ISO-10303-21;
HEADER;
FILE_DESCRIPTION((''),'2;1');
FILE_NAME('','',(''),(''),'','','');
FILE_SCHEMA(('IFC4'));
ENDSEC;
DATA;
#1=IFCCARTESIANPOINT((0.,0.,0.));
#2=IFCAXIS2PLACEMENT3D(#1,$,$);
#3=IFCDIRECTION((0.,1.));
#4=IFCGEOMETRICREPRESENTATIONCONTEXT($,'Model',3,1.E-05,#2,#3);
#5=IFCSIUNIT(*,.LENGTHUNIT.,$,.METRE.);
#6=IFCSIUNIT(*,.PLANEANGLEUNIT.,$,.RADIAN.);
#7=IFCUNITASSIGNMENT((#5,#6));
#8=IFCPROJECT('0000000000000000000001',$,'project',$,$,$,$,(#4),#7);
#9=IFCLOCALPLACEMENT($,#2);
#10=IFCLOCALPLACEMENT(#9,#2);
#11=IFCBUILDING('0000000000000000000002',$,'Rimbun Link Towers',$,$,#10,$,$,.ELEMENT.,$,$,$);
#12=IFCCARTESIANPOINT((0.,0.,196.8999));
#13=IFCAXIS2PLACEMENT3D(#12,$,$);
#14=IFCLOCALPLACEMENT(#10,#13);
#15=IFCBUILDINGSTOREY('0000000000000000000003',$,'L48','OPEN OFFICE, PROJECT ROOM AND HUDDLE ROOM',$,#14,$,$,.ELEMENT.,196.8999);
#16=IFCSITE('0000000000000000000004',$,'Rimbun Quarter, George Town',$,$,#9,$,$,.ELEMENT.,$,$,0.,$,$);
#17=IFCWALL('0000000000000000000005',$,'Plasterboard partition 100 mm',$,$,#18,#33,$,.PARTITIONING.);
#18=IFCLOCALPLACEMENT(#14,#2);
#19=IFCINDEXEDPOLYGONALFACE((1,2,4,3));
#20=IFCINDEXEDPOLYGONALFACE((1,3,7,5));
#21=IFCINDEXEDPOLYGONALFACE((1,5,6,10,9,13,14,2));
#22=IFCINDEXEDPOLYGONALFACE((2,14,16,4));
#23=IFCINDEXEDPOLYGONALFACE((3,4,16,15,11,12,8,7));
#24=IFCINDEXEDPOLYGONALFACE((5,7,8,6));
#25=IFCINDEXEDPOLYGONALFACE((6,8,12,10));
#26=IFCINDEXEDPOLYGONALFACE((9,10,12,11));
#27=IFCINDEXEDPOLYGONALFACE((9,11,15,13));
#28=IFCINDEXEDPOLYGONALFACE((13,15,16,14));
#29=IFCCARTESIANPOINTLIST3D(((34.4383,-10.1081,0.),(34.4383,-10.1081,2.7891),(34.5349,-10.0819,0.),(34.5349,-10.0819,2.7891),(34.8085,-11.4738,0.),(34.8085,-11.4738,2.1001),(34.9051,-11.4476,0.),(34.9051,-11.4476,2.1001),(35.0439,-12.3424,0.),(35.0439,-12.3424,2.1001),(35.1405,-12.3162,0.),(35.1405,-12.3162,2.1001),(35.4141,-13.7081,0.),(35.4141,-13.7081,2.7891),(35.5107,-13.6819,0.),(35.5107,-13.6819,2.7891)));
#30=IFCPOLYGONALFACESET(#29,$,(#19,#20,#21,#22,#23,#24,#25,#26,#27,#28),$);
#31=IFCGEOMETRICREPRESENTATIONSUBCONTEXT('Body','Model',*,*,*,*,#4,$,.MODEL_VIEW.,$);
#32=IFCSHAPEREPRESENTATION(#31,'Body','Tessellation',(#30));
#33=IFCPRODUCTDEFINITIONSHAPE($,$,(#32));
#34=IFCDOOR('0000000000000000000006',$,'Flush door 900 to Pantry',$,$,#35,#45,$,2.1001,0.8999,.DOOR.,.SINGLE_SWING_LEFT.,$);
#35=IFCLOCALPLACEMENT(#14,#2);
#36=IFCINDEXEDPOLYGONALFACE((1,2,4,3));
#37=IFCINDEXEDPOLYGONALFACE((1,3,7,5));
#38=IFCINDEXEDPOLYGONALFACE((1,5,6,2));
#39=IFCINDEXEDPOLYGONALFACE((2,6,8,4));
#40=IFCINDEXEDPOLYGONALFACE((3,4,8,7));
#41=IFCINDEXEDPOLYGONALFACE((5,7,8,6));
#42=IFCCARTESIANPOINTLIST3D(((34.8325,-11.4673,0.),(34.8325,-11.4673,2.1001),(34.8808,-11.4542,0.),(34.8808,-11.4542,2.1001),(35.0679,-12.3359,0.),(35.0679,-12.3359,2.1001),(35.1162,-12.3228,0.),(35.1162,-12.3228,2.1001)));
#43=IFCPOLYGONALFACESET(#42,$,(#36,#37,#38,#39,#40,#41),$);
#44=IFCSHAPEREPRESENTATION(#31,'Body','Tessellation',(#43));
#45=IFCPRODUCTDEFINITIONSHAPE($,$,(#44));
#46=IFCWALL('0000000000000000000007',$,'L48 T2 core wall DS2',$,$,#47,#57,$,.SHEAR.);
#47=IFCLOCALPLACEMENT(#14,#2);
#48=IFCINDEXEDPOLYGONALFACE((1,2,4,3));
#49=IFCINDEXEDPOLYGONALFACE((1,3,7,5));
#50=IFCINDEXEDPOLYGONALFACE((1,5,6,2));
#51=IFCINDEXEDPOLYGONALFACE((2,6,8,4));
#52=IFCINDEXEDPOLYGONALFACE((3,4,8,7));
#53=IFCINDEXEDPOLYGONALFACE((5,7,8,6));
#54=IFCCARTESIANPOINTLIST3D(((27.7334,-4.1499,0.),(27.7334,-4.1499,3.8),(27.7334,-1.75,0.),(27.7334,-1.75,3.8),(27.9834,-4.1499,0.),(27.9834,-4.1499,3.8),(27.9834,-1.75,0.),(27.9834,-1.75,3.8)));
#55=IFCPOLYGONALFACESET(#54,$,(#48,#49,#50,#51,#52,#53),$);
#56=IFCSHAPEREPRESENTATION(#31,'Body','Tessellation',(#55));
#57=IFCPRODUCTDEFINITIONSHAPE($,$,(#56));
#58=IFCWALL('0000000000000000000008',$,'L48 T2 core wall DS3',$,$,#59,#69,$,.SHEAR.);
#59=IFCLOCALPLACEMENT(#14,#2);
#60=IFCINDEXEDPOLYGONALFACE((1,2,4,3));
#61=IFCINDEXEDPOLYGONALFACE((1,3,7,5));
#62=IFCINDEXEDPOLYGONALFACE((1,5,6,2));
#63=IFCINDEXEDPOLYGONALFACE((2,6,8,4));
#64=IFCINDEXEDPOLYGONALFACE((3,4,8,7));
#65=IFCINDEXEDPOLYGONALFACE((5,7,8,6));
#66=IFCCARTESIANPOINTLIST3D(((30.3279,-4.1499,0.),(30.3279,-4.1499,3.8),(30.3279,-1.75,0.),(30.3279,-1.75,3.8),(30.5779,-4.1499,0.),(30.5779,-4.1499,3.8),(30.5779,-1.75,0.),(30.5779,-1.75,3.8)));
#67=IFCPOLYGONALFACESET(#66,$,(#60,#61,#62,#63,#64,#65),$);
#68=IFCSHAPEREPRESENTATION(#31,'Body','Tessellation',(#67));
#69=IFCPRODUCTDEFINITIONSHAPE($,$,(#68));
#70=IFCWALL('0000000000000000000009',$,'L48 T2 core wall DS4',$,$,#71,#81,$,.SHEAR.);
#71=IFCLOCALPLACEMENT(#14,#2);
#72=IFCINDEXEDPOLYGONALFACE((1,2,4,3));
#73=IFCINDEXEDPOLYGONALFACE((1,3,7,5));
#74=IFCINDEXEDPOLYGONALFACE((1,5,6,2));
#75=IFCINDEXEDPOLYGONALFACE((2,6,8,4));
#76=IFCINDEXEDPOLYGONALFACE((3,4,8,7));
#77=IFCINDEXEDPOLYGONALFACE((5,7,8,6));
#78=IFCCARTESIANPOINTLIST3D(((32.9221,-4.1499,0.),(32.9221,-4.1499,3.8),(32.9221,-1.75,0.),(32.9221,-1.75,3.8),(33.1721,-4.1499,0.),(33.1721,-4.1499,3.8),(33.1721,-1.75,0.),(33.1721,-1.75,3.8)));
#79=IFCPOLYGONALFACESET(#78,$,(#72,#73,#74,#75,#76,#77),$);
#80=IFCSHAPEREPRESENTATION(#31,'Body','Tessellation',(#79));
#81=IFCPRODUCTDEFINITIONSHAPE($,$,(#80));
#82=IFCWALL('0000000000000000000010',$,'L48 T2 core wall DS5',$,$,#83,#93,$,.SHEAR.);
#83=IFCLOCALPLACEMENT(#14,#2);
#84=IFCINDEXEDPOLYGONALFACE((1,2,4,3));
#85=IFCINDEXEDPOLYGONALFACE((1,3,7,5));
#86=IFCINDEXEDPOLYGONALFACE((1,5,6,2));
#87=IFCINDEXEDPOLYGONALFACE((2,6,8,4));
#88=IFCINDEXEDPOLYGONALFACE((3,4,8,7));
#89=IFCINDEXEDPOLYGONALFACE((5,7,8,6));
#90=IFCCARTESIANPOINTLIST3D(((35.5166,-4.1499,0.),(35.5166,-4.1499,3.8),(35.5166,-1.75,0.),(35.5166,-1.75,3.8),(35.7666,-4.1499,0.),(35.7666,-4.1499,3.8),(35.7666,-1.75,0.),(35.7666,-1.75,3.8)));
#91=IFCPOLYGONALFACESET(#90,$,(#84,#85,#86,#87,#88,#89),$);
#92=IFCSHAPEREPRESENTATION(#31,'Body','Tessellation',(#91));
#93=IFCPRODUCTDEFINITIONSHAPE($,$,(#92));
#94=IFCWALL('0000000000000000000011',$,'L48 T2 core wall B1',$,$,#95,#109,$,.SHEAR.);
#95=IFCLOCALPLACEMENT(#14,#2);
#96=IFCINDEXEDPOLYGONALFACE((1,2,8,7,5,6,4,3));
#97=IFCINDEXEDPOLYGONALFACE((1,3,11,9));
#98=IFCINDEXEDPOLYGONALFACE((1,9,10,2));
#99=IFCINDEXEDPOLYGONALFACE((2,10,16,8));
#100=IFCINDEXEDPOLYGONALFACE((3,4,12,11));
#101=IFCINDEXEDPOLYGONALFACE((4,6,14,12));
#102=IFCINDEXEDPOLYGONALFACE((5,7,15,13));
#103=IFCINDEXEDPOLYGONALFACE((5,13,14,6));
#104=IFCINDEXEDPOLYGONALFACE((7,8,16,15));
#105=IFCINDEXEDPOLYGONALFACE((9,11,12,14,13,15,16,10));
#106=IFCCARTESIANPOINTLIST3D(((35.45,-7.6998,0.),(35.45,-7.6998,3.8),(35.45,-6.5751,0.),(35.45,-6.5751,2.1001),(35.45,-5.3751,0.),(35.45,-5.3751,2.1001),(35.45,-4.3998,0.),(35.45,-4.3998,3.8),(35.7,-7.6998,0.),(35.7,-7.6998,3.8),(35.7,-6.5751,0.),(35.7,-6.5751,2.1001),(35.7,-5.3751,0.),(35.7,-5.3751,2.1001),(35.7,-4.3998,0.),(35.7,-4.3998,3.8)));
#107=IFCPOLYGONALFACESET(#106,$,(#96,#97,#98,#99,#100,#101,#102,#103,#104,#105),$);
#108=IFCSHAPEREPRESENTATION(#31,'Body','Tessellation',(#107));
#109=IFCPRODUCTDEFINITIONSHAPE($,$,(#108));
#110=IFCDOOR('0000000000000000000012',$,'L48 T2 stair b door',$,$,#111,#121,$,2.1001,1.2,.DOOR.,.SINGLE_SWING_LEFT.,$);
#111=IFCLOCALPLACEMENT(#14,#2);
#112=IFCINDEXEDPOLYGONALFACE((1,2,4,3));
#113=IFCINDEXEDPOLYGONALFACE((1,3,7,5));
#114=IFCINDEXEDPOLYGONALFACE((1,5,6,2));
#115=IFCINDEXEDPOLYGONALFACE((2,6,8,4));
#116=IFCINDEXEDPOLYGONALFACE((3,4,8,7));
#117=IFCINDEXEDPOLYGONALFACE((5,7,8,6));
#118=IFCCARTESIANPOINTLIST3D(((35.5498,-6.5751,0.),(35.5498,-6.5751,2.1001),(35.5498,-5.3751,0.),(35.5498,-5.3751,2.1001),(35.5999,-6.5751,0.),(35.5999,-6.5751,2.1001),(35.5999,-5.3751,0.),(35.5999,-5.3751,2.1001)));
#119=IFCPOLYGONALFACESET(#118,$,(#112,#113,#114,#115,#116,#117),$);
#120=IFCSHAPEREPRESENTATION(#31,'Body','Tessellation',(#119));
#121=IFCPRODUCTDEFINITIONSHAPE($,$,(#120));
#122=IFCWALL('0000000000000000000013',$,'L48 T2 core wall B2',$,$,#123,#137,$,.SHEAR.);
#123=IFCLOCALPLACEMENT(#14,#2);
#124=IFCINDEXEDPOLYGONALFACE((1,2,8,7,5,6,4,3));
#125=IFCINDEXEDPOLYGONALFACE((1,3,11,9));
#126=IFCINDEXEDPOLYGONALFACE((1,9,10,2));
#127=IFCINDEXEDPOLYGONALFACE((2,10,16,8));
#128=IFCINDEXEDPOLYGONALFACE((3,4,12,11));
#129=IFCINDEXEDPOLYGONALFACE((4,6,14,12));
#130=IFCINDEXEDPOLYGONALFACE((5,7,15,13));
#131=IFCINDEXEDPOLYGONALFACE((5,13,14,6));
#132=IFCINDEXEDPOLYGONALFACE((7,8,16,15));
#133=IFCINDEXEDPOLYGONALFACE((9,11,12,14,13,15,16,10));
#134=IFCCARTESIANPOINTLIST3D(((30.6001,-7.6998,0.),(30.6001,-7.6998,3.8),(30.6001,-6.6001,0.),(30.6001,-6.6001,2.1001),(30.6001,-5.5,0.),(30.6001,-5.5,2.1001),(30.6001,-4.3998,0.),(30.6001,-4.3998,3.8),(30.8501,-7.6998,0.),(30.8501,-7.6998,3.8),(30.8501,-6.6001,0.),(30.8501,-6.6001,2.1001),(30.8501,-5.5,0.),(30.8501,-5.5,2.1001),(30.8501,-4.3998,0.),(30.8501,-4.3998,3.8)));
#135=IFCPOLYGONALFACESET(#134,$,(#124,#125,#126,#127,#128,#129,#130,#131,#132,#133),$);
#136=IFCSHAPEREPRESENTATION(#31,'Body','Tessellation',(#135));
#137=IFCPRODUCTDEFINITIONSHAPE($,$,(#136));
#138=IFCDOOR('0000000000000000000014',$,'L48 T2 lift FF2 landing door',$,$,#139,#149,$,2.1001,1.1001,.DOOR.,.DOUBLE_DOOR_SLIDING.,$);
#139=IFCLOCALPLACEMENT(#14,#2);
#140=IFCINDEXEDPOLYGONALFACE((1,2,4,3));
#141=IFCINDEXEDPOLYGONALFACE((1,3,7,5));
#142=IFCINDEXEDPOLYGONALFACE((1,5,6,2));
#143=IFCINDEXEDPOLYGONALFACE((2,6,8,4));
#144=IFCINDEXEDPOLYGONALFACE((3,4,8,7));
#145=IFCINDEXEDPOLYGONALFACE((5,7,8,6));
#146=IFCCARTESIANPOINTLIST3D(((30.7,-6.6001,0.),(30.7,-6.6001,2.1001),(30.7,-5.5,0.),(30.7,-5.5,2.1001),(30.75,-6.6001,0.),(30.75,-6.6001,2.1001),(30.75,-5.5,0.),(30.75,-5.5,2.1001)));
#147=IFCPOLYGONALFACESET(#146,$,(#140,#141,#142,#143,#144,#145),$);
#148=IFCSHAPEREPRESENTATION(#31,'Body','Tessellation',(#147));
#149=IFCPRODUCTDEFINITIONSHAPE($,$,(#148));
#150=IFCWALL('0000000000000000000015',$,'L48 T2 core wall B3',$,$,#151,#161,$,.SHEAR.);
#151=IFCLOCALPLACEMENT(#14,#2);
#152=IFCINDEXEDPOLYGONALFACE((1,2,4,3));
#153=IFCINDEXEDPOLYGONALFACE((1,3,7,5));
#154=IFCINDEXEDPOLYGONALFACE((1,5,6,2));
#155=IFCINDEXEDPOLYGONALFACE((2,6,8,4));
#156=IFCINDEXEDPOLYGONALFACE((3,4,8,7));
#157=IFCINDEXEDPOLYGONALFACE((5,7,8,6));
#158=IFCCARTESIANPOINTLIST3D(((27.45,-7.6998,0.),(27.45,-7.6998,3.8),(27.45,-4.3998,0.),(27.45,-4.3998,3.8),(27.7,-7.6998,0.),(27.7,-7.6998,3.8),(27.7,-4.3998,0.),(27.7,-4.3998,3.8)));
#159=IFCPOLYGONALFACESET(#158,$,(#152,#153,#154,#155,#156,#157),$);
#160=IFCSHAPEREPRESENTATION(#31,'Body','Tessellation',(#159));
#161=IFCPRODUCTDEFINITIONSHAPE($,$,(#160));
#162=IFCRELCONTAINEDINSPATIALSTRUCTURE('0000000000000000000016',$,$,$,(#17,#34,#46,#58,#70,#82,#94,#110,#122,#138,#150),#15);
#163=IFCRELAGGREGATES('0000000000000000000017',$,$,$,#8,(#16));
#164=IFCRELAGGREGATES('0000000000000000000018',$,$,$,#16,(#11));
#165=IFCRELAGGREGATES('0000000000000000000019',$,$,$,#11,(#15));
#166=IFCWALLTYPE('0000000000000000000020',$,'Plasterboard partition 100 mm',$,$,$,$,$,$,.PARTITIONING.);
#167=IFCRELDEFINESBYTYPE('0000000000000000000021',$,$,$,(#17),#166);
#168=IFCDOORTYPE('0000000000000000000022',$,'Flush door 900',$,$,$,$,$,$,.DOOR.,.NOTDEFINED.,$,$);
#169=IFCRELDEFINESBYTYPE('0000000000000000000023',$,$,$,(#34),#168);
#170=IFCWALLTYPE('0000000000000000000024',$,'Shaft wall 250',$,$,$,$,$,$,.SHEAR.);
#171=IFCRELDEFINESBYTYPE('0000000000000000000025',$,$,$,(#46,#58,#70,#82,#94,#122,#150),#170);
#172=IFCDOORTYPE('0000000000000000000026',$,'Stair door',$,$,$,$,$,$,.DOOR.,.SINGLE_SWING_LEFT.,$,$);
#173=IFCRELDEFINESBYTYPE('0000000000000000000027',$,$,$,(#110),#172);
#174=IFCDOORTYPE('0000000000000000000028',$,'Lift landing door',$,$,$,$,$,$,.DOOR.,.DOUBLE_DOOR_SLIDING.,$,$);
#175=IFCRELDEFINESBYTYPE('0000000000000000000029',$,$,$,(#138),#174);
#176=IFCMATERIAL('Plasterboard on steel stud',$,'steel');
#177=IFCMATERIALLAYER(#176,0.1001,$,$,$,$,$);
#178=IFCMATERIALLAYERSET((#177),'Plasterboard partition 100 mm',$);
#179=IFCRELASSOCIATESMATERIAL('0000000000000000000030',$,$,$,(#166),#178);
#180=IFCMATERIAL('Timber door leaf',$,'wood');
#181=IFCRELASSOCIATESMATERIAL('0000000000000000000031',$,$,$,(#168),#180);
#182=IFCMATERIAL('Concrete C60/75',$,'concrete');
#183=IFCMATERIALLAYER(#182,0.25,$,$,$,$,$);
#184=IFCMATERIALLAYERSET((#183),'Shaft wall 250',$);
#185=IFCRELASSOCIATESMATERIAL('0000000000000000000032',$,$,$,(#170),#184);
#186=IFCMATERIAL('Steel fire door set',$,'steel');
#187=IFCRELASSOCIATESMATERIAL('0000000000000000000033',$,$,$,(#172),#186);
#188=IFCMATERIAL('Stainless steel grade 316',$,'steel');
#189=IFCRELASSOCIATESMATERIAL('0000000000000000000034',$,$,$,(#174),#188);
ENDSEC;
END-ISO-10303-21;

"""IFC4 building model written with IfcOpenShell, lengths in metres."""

from ifc_helpers import new_model, si_unit, direction, frame, frame_2d, origin, place, context, subcontext, project, spatial, rectangle, extrude, material, layer, layer_set, type_object, element, fill, save


model = new_model("IFC4")

# Units and contexts
model_context = context("Model", 3, precision=1e-05, world=origin(), true_north=direction((0.0, 1.0)))
body_context = subcontext(model_context, "Body", "Model", "MODEL_VIEW")
ifc_project = project(units=[si_unit("LENGTHUNIT", "METRE"), si_unit("PLANEANGLEUNIT", "RADIAN")], contexts=[model_context])

# Site, building, storey
site_placement = place(None, origin())
site = spatial("IfcSite", under=ifc_project, at=site_placement, Name="Rimbun Quarter, George Town", CompositionType="ELEMENT", RefElevation=0.0)
building_placement = place(site_placement, origin())
building = spatial("IfcBuilding", under=site, at=building_placement, Name="Rimbun Link Towers", CompositionType="ELEMENT")
storey_placement = place(building_placement, frame((0.0, 0.0, 196.8999)))
storey = spatial("IfcBuildingStorey", under=building, at=storey_placement, Name="L48", Description="OPEN OFFICE, PROJECT ROOM AND HUDDLE ROOM", CompositionType="ELEMENT", Elevation=196.8999)

# Wall, opening, door
ifc_material_1 = material(Name="Plasterboard on steel stud", Category="steel")
ifc_layer_1 = layer(ifc_material_1, 0.1001)
ifc_layer_set_1 = layer_set([ifc_layer_1], Name="Plasterboard partition 100 mm")
wall_type_1 = type_object("IfcWallType", Name="Plasterboard partition 100 mm", PredefinedType="PARTITIONING", material=ifc_layer_set_1)
ifc_material_2 = material(Name="Timber door leaf", Category="wood")
door_type_1 = type_object("IfcDoorType", Name="Flush door 900", OperationType="NOTDEFINED", PredefinedType="DOOR", material=ifc_material_2)
wall_1_placement = place(storey_placement, frame((34.4866, -10.095, 0.0), z_axis=(0.0, 0.0, 1.0), x_axis=(0.261616, -0.965172, 0.0)))
wall_1 = element("IfcWall", 1, at=wall_1_placement, inside=storey, type_object=wall_type_1, Name="Plasterboard partition 100 mm", PredefinedType="PARTITIONING", context=body_context, shape_type="SweptSolid", body=[
    extrude(rectangle(XDim=3.73, YDim=0.1001, at=frame_2d((1.865, 0.0))), origin(), (0.0, 0.0, 1.0), 2.7891),
])
opening_1_placement = place(wall_1_placement, frame((1.415, 0.0, 0.0)))
opening_1 = element("IfcOpeningElement", 2, at=opening_1_placement, cuts=wall_1, PredefinedType="OPENING", context=body_context, shape_type="SweptSolid", body=[
    extrude(rectangle(XDim=0.8999, YDim=2.1001, at=frame_2d((0.45, 1.05))), frame((0.0, 0.0601, 0.0), z_axis=(0.0, -1.0, 0.0), x_axis=(1.0, 0.0, 0.0)), (0.0, 0.0, 1.0), 0.1201),
])
door_1_placement = place(opening_1_placement, origin())
door_1 = element("IfcDoor", 3, at=door_1_placement, inside=storey, type_object=door_type_1, Name="Flush door 900 to Pantry", OperationType="SINGLE_SWING_LEFT", OverallHeight=2.1001, OverallWidth=0.8999, PredefinedType="DOOR", context=body_context, shape_type="SweptSolid", body=[
    extrude(rectangle(XDim=0.8999, YDim=2.1001, at=frame_2d((0.45, 1.05))), frame((0.0, 0.0249, 0.0), z_axis=(0.0, -1.0, 0.0), x_axis=(1.0, 0.0, 0.0)), (0.0, 0.0, 1.0), 0.05),
])
fill(opening_1, door_1)

# Walls
ifc_material_3 = material(Name="Concrete C60/75", Category="concrete")
ifc_layer_2 = layer(ifc_material_3, 0.25)
ifc_layer_set_2 = layer_set([ifc_layer_2], Name="Shaft wall 250")
wall_type_2 = type_object("IfcWallType", Name="Shaft wall 250", PredefinedType="SHEAR", material=ifc_layer_set_2)
for number, where, z_axis, x_axis, name in (
    (4, (27.8584, -4.1499, 0.0), (0.0, 0.0, 1.0), (0.0, 1.0, 0.0), "L48 T2 core wall DS2"),
    (5, (30.4529, -4.1499, 0.0), (0.0, 0.0, 1.0), (0.0, 1.0, 0.0), "L48 T2 core wall DS3"),
    (6, (33.0471, -4.1499, 0.0), (0.0, 0.0, 1.0), (0.0, 1.0, 0.0), "L48 T2 core wall DS4"),
    (7, (35.6416, -4.1499, 0.0), (0.0, 0.0, 1.0), (0.0, 1.0, 0.0), "L48 T2 core wall DS5"),
):
    element("IfcWall", number, at=place(storey_placement, frame(where, z_axis=z_axis, x_axis=x_axis)), inside=storey, type_object=wall_type_2, Name=name, PredefinedType="SHEAR", context=body_context, shape_type="SweptSolid", body=[
        extrude(rectangle(XDim=2.3999, YDim=0.25, at=frame_2d((1.2, 0.0))), origin(), (0.0, 0.0, 1.0), 3.8),
    ])

# Walls, openings, doors
wall_2_placement = place(storey_placement, frame((35.575, -4.3999, 0.0), z_axis=(0.0, 0.0, 1.0), x_axis=(0.0, -1.0, 0.0)))
wall_2 = element("IfcWall", 8, at=wall_2_placement, inside=storey, type_object=wall_type_2, Name="L48 T2 core wall B1", PredefinedType="SHEAR", context=body_context, shape_type="SweptSolid", body=[
    extrude(rectangle(XDim=3.3, YDim=0.25, at=frame_2d((1.6499, 0.0))), origin(), (0.0, 0.0, 1.0), 3.8),
])
opening_2_placement = place(wall_2_placement, frame((0.9751, 0.0, 0.0)))
opening_2 = element("IfcOpeningElement", 9, at=opening_2_placement, cuts=wall_2, PredefinedType="OPENING", context=body_context, shape_type="SweptSolid", body=[
    extrude(rectangle(XDim=1.2, YDim=2.1001, at=frame_2d((0.6001, 1.05))), frame((0.0, 0.135, 0.0), z_axis=(0.0, -1.0, 0.0), x_axis=(1.0, 0.0, 0.0)), (0.0, 0.0, 1.0), 0.27),
])
ifc_material_4 = material(Name="Steel fire door set", Category="steel")
door_type_2 = type_object("IfcDoorType", Name="Stair door", OperationType="SINGLE_SWING_LEFT", PredefinedType="DOOR", material=ifc_material_4)
door_2_placement = place(opening_2_placement, origin())
door_2 = element("IfcDoor", 10, at=door_2_placement, inside=storey, type_object=door_type_2, Name="L48 T2 stair b door", OperationType="SINGLE_SWING_LEFT", OverallHeight=2.1001, OverallWidth=1.2, PredefinedType="DOOR", context=body_context, shape_type="SweptSolid", body=[
    extrude(rectangle(XDim=1.2, YDim=2.1001, at=frame_2d((0.6001, 1.05))), frame((0.0, 0.0249, 0.0), z_axis=(0.0, -1.0, 0.0), x_axis=(1.0, 0.0, 0.0)), (0.0, 0.0, 1.0), 0.05),
])
fill(opening_2, door_2)
wall_3_placement = place(storey_placement, frame((30.7251, -4.3999, 0.0), z_axis=(0.0, 0.0, 1.0), x_axis=(0.0, -1.0, 0.0)))
wall_3 = element("IfcWall", 11, at=wall_3_placement, inside=storey, type_object=wall_type_2, Name="L48 T2 core wall B2", PredefinedType="SHEAR", context=body_context, shape_type="SweptSolid", body=[
    extrude(rectangle(XDim=3.3, YDim=0.25, at=frame_2d((1.6499, 0.0))), origin(), (0.0, 0.0, 1.0), 3.8),
])
opening_3_placement = place(wall_3_placement, frame((1.1001, 0.0, 0.0)))
opening_3 = element("IfcOpeningElement", 12, at=opening_3_placement, cuts=wall_3, PredefinedType="OPENING", context=body_context, shape_type="SweptSolid", body=[
    extrude(rectangle(XDim=1.1001, YDim=2.1001, at=frame_2d((0.55, 1.05))), frame((0.0, 0.135, 0.0), z_axis=(0.0, -1.0, 0.0), x_axis=(1.0, 0.0, 0.0)), (0.0, 0.0, 1.0), 0.27),
])
ifc_material_5 = material(Name="Stainless steel grade 316", Category="steel")
door_type_3 = type_object("IfcDoorType", Name="Lift landing door", OperationType="DOUBLE_DOOR_SLIDING", PredefinedType="DOOR", material=ifc_material_5)
door_3_placement = place(opening_3_placement, origin())
door_3 = element("IfcDoor", 13, at=door_3_placement, inside=storey, type_object=door_type_3, Name="L48 T2 lift FF2 landing door", OperationType="DOUBLE_DOOR_SLIDING", OverallHeight=2.1001, OverallWidth=1.1001, PredefinedType="DOOR", context=body_context, shape_type="SweptSolid", body=[
    extrude(rectangle(XDim=1.1001, YDim=2.1001, at=frame_2d((0.55, 1.05))), frame((0.0, 0.0249, 0.0), z_axis=(0.0, -1.0, 0.0), x_axis=(1.0, 0.0, 0.0)), (0.0, 0.0, 1.0), 0.05),
])
fill(opening_3, door_3)

# Wall
wall_4_placement = place(storey_placement, frame((27.575, -4.3999, 0.0), z_axis=(0.0, 0.0, 1.0), x_axis=(0.0, -1.0, 0.0)))
element("IfcWall", 14, at=wall_4_placement, inside=storey, type_object=wall_type_2, Name="L48 T2 core wall B3", PredefinedType="SHEAR", context=body_context, shape_type="SweptSolid", body=[
    extrude(rectangle(XDim=3.3, YDim=0.25, at=frame_2d((1.6499, 0.0))), origin(), (0.0, 0.0, 1.0), 3.8),
])

save(model, "model.ifc")
